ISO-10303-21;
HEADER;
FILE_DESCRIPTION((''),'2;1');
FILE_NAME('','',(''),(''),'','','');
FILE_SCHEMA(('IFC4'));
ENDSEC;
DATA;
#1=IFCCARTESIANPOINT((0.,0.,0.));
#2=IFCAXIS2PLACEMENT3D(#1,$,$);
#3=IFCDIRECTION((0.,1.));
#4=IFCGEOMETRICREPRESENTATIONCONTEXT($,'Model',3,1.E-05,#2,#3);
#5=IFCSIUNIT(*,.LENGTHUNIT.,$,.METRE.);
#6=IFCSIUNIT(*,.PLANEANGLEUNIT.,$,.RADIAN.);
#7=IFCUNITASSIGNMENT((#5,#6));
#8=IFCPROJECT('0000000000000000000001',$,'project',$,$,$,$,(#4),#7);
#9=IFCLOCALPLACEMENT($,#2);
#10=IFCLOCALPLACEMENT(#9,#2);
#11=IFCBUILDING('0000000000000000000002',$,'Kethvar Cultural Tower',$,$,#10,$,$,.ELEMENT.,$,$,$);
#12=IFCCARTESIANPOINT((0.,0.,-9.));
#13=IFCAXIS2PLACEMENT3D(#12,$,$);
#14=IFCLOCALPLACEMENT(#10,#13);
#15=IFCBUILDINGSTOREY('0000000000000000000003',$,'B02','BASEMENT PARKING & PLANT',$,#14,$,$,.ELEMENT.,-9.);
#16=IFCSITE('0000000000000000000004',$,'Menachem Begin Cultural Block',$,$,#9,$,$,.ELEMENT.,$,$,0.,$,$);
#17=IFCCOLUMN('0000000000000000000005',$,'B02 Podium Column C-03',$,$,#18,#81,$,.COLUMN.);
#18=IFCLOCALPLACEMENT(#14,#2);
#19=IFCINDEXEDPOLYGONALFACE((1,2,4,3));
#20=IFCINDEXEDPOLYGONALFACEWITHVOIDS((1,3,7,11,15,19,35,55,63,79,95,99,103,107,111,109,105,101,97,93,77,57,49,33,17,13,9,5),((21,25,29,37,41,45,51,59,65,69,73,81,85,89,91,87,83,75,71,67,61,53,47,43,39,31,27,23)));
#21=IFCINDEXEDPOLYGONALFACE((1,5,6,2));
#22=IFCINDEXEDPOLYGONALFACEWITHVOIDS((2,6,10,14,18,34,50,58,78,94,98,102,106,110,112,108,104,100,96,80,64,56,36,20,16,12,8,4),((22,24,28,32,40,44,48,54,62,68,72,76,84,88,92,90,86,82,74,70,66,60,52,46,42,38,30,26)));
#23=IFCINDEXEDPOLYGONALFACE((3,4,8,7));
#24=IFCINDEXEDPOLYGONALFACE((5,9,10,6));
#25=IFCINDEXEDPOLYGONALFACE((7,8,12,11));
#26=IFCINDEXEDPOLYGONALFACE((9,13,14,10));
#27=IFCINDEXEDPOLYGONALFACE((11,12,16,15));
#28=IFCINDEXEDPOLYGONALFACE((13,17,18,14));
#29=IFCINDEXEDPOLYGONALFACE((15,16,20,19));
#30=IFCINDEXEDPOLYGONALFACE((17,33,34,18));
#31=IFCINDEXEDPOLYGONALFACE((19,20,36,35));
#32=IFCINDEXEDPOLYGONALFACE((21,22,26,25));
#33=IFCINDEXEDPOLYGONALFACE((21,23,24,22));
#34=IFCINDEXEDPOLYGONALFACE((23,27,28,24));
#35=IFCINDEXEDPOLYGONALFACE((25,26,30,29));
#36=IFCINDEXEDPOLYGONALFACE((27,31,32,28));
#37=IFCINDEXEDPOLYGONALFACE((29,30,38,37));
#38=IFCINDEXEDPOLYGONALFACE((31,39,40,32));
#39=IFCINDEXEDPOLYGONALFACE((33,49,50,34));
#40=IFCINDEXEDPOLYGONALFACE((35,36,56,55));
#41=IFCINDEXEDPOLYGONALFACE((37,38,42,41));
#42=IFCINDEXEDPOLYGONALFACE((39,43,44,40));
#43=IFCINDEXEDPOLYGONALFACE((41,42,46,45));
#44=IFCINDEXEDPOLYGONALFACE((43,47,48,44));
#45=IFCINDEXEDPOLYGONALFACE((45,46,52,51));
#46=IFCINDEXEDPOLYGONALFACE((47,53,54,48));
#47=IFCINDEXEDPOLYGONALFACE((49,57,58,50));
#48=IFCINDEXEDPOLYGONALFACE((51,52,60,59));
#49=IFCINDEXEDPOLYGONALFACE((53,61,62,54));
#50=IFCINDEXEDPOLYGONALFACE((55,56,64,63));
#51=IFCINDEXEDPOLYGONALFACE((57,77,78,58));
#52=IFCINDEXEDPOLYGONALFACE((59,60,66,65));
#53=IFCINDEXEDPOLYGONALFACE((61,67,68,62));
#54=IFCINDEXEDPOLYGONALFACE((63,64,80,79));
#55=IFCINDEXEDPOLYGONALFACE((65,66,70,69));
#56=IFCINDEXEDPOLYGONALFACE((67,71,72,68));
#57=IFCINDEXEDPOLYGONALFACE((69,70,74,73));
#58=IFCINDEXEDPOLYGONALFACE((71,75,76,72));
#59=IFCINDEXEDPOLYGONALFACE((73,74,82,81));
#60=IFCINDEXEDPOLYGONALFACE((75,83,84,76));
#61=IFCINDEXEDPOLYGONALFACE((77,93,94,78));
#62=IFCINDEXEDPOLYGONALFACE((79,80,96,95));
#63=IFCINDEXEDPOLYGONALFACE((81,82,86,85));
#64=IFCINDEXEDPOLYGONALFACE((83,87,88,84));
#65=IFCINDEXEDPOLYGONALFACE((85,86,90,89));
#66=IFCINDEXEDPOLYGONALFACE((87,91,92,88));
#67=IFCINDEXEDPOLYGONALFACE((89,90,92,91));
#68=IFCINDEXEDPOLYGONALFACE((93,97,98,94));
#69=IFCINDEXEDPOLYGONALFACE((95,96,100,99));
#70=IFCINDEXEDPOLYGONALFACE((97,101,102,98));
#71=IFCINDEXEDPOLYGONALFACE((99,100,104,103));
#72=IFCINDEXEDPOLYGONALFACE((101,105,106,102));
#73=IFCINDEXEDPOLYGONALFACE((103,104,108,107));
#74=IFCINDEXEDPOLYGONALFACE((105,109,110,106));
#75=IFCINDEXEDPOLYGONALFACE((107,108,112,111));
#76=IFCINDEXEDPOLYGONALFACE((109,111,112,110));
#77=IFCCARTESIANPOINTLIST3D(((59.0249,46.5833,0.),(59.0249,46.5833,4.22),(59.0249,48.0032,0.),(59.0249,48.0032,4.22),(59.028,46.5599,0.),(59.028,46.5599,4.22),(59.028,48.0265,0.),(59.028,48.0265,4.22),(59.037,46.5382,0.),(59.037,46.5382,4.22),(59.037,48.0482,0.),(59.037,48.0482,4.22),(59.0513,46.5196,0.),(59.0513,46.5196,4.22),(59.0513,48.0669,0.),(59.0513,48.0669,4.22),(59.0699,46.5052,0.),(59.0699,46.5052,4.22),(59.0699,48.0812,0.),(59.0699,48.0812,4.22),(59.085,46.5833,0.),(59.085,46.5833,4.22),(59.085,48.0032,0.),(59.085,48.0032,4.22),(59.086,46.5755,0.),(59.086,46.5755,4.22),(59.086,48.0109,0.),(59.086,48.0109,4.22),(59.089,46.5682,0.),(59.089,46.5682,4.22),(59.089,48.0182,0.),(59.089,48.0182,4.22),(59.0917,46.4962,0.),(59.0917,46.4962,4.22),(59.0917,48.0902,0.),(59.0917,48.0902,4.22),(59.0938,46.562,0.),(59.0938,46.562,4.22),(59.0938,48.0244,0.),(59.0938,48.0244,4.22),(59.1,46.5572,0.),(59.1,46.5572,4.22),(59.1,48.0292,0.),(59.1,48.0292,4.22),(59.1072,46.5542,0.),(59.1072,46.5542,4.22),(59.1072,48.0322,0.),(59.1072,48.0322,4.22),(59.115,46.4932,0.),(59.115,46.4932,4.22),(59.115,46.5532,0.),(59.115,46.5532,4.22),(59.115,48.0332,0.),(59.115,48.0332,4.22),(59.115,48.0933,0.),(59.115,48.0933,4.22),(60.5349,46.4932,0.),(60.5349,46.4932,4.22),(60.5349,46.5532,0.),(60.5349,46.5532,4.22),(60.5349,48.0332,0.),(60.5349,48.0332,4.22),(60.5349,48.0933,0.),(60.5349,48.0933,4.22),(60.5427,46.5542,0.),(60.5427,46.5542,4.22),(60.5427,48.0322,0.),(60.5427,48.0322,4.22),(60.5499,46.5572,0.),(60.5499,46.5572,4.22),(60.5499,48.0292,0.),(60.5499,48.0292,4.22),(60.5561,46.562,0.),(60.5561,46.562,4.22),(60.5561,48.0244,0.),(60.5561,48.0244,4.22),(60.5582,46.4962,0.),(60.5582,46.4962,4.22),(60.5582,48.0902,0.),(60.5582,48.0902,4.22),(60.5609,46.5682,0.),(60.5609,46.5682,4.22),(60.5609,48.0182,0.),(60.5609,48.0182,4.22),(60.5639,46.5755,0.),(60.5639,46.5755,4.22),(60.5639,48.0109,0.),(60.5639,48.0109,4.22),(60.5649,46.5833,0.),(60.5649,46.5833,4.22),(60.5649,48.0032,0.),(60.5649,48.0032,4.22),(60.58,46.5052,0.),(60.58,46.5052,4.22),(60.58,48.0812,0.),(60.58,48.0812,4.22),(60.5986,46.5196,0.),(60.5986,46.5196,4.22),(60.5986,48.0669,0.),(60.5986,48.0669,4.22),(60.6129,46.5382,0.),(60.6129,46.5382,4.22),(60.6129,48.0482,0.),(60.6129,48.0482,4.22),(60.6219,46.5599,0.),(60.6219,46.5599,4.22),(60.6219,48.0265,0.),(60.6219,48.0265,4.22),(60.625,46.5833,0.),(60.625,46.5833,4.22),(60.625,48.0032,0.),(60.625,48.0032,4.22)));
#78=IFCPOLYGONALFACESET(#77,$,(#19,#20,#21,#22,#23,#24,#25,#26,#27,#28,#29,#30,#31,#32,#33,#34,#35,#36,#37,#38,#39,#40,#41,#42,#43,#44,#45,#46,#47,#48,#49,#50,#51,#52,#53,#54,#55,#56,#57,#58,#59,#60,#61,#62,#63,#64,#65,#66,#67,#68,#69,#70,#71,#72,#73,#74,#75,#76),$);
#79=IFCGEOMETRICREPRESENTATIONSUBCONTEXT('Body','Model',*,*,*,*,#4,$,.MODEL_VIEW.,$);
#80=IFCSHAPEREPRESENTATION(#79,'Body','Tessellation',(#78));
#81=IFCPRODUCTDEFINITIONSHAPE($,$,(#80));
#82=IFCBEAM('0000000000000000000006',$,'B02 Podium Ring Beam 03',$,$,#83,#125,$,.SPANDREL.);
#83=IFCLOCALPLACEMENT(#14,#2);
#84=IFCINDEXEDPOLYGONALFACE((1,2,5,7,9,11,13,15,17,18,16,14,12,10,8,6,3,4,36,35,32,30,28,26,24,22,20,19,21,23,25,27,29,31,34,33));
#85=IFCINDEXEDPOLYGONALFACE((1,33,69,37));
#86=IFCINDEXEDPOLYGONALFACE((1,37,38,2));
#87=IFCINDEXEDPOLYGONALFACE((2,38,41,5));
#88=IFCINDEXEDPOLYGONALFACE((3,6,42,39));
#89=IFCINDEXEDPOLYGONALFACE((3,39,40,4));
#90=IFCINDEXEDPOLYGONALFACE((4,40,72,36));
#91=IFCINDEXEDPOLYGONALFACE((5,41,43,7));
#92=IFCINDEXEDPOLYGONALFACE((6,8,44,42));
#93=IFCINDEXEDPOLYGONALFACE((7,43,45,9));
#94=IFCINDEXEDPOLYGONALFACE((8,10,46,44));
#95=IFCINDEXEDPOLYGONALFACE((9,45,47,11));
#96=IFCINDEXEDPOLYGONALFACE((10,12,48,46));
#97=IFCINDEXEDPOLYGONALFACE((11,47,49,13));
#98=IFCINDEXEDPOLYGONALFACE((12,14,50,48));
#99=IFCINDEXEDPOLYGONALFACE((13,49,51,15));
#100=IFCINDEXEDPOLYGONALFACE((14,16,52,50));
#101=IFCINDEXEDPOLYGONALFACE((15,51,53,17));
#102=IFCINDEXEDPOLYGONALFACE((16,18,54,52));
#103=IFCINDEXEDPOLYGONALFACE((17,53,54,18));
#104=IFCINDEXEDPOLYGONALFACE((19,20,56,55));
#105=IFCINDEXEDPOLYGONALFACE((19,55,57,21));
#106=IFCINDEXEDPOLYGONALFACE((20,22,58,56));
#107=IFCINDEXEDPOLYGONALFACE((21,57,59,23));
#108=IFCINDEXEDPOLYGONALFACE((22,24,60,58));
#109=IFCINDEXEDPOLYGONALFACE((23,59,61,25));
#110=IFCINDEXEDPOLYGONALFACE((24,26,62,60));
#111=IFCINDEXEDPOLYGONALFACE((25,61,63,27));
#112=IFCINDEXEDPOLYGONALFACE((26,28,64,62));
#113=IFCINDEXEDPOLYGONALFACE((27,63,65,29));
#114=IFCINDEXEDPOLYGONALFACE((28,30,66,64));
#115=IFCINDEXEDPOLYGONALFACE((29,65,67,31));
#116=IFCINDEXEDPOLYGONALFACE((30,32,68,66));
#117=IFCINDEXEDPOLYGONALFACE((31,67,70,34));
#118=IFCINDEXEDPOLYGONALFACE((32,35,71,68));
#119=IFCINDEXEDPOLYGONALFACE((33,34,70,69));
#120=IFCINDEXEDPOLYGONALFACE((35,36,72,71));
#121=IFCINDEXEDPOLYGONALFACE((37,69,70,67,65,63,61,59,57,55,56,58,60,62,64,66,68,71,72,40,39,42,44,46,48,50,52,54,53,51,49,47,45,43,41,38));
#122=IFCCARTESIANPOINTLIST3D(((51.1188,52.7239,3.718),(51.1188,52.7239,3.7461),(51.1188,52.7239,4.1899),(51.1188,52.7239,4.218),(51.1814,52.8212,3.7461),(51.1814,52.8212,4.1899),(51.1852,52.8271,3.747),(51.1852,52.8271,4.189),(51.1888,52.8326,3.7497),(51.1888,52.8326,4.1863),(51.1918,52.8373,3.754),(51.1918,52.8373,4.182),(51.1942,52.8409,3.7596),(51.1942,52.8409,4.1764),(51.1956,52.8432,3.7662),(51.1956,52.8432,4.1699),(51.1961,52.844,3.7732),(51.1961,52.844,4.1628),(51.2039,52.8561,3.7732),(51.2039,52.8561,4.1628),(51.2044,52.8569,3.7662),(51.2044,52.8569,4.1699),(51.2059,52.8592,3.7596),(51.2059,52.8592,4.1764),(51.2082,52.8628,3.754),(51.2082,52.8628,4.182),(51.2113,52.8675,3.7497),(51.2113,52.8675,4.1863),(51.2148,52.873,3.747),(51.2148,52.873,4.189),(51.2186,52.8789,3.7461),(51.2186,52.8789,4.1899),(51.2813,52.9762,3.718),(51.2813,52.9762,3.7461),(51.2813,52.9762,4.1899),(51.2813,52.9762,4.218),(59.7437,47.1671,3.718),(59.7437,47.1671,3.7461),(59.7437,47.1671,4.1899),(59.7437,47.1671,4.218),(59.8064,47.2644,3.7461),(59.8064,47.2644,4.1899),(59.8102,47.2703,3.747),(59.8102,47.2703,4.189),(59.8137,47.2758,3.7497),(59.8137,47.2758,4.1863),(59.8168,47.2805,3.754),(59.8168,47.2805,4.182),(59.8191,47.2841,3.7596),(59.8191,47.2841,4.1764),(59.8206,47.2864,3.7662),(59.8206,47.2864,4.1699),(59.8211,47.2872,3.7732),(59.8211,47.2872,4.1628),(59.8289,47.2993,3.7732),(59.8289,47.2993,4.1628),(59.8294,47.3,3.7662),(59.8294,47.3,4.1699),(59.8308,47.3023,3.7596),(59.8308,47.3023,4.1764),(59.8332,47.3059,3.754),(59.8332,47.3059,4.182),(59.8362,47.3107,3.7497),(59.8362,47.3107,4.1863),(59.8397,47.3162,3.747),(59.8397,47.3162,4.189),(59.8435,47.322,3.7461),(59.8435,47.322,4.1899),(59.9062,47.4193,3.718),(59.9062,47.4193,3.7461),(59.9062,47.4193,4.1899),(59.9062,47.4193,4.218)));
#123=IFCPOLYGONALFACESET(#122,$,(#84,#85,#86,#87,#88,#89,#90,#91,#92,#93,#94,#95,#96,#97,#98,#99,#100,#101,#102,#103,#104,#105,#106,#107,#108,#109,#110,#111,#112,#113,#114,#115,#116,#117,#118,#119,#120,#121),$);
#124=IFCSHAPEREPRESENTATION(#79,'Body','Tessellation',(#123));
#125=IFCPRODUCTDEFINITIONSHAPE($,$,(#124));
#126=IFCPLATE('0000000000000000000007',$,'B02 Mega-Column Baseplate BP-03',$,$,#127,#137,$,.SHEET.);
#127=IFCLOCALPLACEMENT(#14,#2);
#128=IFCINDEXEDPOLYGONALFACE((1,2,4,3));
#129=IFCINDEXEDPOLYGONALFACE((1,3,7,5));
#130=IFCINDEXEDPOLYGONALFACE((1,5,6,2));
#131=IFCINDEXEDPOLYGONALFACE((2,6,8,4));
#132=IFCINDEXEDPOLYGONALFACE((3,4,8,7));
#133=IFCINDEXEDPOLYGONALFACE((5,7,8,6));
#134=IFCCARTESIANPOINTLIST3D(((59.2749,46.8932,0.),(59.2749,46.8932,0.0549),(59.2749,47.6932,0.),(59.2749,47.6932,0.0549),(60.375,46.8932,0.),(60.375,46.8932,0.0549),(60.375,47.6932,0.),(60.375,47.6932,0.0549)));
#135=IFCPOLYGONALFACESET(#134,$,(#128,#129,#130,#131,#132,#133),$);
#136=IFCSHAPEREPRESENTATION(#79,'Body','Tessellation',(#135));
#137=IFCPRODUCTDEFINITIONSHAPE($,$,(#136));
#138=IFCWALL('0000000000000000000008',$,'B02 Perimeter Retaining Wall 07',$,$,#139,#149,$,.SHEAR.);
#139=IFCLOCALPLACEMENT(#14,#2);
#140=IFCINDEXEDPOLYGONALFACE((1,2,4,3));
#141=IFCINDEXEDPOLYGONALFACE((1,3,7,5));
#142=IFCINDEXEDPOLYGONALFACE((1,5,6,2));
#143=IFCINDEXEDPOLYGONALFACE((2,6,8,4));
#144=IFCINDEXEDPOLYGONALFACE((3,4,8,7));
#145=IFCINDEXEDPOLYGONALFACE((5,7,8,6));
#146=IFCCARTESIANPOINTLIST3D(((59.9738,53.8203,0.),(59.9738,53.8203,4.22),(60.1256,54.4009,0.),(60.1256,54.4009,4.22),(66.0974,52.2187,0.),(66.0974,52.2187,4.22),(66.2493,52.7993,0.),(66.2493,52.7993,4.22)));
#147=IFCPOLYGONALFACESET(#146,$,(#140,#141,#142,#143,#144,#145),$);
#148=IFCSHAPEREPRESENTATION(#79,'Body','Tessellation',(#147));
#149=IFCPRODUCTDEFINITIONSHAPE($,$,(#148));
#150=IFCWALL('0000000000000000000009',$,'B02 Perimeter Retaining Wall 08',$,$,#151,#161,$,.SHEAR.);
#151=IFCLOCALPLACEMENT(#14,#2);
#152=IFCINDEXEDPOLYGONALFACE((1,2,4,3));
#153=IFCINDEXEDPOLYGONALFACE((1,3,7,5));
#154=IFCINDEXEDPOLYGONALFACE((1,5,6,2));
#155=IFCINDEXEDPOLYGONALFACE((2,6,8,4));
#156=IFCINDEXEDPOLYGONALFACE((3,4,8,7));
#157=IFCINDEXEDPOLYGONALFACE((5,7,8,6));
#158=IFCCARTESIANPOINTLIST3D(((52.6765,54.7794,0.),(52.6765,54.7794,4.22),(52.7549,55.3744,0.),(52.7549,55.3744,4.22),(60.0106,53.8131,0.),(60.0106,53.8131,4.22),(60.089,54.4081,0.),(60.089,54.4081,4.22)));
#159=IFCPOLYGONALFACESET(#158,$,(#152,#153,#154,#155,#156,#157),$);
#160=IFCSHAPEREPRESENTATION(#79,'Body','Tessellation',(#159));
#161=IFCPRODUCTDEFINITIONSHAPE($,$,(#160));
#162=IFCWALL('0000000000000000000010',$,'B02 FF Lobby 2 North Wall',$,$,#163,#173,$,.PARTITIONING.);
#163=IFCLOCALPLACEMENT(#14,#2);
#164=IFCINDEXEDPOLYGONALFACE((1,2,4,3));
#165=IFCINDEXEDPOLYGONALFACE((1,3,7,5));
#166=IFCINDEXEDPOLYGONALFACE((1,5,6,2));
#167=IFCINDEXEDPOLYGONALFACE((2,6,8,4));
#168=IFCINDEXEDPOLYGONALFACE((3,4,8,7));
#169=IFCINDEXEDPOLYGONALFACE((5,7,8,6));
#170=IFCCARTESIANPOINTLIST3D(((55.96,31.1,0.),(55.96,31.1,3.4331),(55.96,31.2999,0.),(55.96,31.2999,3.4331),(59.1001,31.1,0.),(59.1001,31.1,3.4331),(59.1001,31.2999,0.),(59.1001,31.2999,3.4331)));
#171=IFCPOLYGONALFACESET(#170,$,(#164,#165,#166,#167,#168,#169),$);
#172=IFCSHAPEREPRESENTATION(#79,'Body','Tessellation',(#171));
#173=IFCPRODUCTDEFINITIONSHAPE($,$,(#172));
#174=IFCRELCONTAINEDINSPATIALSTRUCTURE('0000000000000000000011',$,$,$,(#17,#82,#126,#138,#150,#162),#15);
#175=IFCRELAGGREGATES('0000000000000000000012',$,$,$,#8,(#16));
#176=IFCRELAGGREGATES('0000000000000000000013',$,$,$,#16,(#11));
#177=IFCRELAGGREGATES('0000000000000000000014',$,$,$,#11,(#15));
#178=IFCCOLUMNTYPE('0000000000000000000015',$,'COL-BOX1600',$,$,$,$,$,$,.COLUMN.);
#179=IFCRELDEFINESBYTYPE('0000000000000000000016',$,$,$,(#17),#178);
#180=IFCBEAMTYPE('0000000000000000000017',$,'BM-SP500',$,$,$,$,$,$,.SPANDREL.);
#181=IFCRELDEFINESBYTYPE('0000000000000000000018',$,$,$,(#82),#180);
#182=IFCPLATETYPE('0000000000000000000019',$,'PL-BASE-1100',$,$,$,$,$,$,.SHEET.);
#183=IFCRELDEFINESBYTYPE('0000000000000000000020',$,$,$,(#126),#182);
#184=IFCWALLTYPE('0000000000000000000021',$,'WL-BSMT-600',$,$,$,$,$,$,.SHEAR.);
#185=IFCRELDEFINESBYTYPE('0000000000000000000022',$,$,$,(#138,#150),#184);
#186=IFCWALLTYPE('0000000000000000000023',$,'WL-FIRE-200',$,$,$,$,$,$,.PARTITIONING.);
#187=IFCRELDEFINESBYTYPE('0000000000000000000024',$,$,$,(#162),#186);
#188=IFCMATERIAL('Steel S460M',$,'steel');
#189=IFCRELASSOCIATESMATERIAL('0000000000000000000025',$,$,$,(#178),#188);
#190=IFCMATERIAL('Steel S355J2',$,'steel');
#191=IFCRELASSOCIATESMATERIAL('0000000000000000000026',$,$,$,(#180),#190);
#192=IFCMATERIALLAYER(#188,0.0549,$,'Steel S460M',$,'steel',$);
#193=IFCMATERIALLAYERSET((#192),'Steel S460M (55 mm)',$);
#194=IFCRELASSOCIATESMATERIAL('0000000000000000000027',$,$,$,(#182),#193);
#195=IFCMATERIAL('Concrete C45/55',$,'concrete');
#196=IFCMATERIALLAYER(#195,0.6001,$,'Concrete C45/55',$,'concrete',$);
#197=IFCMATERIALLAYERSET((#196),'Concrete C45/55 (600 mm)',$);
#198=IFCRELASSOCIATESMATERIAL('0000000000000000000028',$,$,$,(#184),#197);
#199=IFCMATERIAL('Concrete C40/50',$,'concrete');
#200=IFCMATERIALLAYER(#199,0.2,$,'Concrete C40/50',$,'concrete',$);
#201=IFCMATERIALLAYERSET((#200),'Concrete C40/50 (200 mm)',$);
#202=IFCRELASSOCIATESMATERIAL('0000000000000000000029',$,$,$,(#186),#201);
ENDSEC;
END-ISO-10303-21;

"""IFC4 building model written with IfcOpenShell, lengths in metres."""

from ifc_helpers import new_model, si_unit, direction, frame, frame_2d, origin, origin_2d, place, context, subcontext, project, spatial, rectangle, hollow_rectangle, i_section, extrude, source, transform, mapped, material, layer, layer_set, material_profile, profile_set, type_object, element, save


model = new_model("IFC4")

# Units and contexts
model_context = context("Model", 3, precision=1e-05, world=origin(), true_north=direction((0.0, 1.0)))
body_context = subcontext(model_context, "Body", "Model", "MODEL_VIEW")
ifc_project = project(units=[si_unit("LENGTHUNIT", "METRE"), si_unit("PLANEANGLEUNIT", "RADIAN")], contexts=[model_context])

# Site, building, storey
site_placement = place(None, origin())
site = spatial("IfcSite", under=ifc_project, at=site_placement, Name="Menachem Begin Cultural Block", CompositionType="ELEMENT", RefElevation=0.0)
building_placement = place(site_placement, origin())
building = spatial("IfcBuilding", under=site, at=building_placement, Name="Kethvar Cultural Tower", CompositionType="ELEMENT")
storey_placement = place(building_placement, frame((0.0, 0.0, -9.0)))
storey = spatial("IfcBuildingStorey", under=building, at=storey_placement, Name="B02", Description="BASEMENT PARKING & PLANT", CompositionType="ELEMENT", Elevation=-9.0)

# Shared definitions
ifc_material_1 = material(Name="Concrete C45/55", Category="concrete")

# Column
ifc_material_2 = material(Name="Steel S460M", Category="steel")
ifc_material_profile_1 = material_profile(ifc_material_2, hollow_rectangle(XDim=1.6001, YDim=1.6001, WallThickness=0.0601, InnerFilletRadius=0.03, OuterFilletRadius=0.0901, at=origin_2d()), Name="Steel S460M — BOX1600x1600x60")
ifc_profile_set_1 = profile_set([ifc_material_profile_1], Name="Steel S460M — BOX1600x1600x60")
column_type = type_object("IfcColumnType", Name="COL-BOX1600", PredefinedType="COLUMN", material=ifc_profile_set_1)
shared_shape_1 = source(origin(), body_context, "Body", "SweptSolid", [
    extrude(hollow_rectangle(XDim=1.6001, YDim=1.6001, WallThickness=0.0601, InnerFilletRadius=0.03, OuterFilletRadius=0.0901, at=origin_2d()), origin(), (0.0, 0.0, 1.0), 4.22),
])
column_placement = place(storey_placement, frame((59.825, 47.2932, 0.0), z_axis=(0.0, 0.0, 1.0), x_axis=(1.0, 0.0, 0.0)))
element("IfcColumn", 1, at=column_placement, inside=storey, type_object=column_type, Name="B02 Podium Column C-03", PredefinedType="COLUMN", context=body_context, shape_type="MappedRepresentation", body=[
    mapped(shared_shape_1, transform((0.0, 0.0, 0.0), scale=1.0)),
])

# Beam
ifc_material_3 = material(Name="Steel S355J2", Category="steel")
ifc_material_profile_2 = material_profile(ifc_material_3, i_section(OverallWidth=0.3, OverallDepth=0.5, WebThickness=0.0144, FlangeThickness=0.0281, FilletRadius=0.0271, at=origin_2d()), Name="Steel S355J2 — HEB500")
ifc_profile_set_2 = profile_set([ifc_material_profile_2], Name="Steel S355J2 — HEB500")
beam_type = type_object("IfcBeamType", Name="BM-SP500", PredefinedType="SPANDREL", material=ifc_profile_set_2)
shared_shape_2 = source(origin(), body_context, "Body", "SweptSolid", [
    extrude(i_section(OverallWidth=0.3, OverallDepth=0.5, WebThickness=0.0144, FlangeThickness=0.0281, FilletRadius=0.0271, at=origin_2d()), origin(), (0.0, 0.0, 1.0), 10.26),
])
beam_placement = place(storey_placement, frame((59.825, 47.2932, 3.968), z_axis=(-0.840635, 0.541602, 0.0), x_axis=(-0.541602, -0.840635, 0.0)))
element("IfcBeam", 2, at=beam_placement, inside=storey, type_object=beam_type, Name="B02 Podium Ring Beam 03", PredefinedType="SPANDREL", context=body_context, shape_type="MappedRepresentation", body=[
    mapped(shared_shape_2, transform((0.0, 0.0, 0.0), scale=1.0)),
])

# Plate
ifc_layer_1 = layer(ifc_material_2, 0.0549, Name="Steel S460M", Category="steel")
ifc_layer_set_1 = layer_set([ifc_layer_1], Name="Steel S460M (55 mm)")
plate_type = type_object("IfcPlateType", Name="PL-BASE-1100", PredefinedType="SHEET", material=ifc_layer_set_1)
shared_shape_3 = source(origin(), body_context, "Body", "SweptSolid", [
    extrude(rectangle(XDim=1.1001, YDim=0.8, at=origin_2d()), origin(), (0.0, 0.0, 1.0), 0.0549),
])
plate_placement = place(storey_placement, frame((59.825, 47.2932, 0.0), z_axis=(0.0, 0.0, 1.0), x_axis=(1.0, 0.0, 0.0)))
element("IfcPlate", 3, at=plate_placement, inside=storey, type_object=plate_type, Name="B02 Mega-Column Baseplate BP-03", PredefinedType="SHEET", context=body_context, shape_type="MappedRepresentation", body=[
    mapped(shared_shape_3, transform((0.0, 0.0, 0.0), scale=1.0)),
])

# Walls
ifc_layer_2 = layer(ifc_material_1, 0.6001, Name="Concrete C45/55", Category="concrete")
ifc_layer_set_2 = layer_set([ifc_layer_2], Name="Concrete C45/55 (600 mm)")
wall_type_1 = type_object("IfcWallType", Name="WL-BSMT-600", PredefinedType="SHEAR", material=ifc_layer_set_2)
wall_1_placement = place(storey_placement, frame((66.1733, 52.509, 0.0), z_axis=(0.0, 0.0, 1.0), x_axis=(-0.967458, 0.253031, 0.0)))
element("IfcWall", 4, at=wall_1_placement, inside=storey, type_object=wall_type_1, Name="B02 Perimeter Retaining Wall 07", PredefinedType="SHEAR", context=body_context, shape_type="SweptSolid", body=[
    extrude(rectangle(XDim=6.3296, YDim=0.6001, at=frame_2d((3.1648, 0.0))), origin(), (0.0, 0.0, 1.0), 4.22),
])
wall_2_placement = place(storey_placement, frame((60.0498, 54.1106, 0.0), z_axis=(0.0, 0.0, 1.0), x_axis=(-0.991431, 0.130629, 0.0)))
element("IfcWall", 5, at=wall_2_placement, inside=storey, type_object=wall_type_1, Name="B02 Perimeter Retaining Wall 08", PredefinedType="SHEAR", context=body_context, shape_type="SweptSolid", body=[
    extrude(rectangle(XDim=7.3975, YDim=0.6001, at=frame_2d((3.6987, 0.0))), origin(), (0.0, 0.0, 1.0), 4.22),
])

# Wall
ifc_material_4 = material(Name="Concrete C40/50", Category="concrete")
ifc_layer_3 = layer(ifc_material_4, 0.2, Name="Concrete C40/50", Category="concrete")
ifc_layer_set_3 = layer_set([ifc_layer_3], Name="Concrete C40/50 (200 mm)")
wall_type_2 = type_object("IfcWallType", Name="WL-FIRE-200", PredefinedType="PARTITIONING", material=ifc_layer_set_3)
wall_3_placement = place(storey_placement, frame((55.96, 31.2, 0.0), z_axis=(0.0, 0.0, 1.0), x_axis=(1.0, 0.0, 0.0)))
element("IfcWall", 6, at=wall_3_placement, inside=storey, type_object=wall_type_2, Name="B02 FF Lobby 2 North Wall", PredefinedType="PARTITIONING", context=body_context, shape_type="SweptSolid", body=[
    extrude(rectangle(XDim=3.1401, YDim=0.2, at=frame_2d((1.5701, 0.0))), origin(), (0.0, 0.0, 1.0), 3.4331),
])

save(model, "model.ifc")
